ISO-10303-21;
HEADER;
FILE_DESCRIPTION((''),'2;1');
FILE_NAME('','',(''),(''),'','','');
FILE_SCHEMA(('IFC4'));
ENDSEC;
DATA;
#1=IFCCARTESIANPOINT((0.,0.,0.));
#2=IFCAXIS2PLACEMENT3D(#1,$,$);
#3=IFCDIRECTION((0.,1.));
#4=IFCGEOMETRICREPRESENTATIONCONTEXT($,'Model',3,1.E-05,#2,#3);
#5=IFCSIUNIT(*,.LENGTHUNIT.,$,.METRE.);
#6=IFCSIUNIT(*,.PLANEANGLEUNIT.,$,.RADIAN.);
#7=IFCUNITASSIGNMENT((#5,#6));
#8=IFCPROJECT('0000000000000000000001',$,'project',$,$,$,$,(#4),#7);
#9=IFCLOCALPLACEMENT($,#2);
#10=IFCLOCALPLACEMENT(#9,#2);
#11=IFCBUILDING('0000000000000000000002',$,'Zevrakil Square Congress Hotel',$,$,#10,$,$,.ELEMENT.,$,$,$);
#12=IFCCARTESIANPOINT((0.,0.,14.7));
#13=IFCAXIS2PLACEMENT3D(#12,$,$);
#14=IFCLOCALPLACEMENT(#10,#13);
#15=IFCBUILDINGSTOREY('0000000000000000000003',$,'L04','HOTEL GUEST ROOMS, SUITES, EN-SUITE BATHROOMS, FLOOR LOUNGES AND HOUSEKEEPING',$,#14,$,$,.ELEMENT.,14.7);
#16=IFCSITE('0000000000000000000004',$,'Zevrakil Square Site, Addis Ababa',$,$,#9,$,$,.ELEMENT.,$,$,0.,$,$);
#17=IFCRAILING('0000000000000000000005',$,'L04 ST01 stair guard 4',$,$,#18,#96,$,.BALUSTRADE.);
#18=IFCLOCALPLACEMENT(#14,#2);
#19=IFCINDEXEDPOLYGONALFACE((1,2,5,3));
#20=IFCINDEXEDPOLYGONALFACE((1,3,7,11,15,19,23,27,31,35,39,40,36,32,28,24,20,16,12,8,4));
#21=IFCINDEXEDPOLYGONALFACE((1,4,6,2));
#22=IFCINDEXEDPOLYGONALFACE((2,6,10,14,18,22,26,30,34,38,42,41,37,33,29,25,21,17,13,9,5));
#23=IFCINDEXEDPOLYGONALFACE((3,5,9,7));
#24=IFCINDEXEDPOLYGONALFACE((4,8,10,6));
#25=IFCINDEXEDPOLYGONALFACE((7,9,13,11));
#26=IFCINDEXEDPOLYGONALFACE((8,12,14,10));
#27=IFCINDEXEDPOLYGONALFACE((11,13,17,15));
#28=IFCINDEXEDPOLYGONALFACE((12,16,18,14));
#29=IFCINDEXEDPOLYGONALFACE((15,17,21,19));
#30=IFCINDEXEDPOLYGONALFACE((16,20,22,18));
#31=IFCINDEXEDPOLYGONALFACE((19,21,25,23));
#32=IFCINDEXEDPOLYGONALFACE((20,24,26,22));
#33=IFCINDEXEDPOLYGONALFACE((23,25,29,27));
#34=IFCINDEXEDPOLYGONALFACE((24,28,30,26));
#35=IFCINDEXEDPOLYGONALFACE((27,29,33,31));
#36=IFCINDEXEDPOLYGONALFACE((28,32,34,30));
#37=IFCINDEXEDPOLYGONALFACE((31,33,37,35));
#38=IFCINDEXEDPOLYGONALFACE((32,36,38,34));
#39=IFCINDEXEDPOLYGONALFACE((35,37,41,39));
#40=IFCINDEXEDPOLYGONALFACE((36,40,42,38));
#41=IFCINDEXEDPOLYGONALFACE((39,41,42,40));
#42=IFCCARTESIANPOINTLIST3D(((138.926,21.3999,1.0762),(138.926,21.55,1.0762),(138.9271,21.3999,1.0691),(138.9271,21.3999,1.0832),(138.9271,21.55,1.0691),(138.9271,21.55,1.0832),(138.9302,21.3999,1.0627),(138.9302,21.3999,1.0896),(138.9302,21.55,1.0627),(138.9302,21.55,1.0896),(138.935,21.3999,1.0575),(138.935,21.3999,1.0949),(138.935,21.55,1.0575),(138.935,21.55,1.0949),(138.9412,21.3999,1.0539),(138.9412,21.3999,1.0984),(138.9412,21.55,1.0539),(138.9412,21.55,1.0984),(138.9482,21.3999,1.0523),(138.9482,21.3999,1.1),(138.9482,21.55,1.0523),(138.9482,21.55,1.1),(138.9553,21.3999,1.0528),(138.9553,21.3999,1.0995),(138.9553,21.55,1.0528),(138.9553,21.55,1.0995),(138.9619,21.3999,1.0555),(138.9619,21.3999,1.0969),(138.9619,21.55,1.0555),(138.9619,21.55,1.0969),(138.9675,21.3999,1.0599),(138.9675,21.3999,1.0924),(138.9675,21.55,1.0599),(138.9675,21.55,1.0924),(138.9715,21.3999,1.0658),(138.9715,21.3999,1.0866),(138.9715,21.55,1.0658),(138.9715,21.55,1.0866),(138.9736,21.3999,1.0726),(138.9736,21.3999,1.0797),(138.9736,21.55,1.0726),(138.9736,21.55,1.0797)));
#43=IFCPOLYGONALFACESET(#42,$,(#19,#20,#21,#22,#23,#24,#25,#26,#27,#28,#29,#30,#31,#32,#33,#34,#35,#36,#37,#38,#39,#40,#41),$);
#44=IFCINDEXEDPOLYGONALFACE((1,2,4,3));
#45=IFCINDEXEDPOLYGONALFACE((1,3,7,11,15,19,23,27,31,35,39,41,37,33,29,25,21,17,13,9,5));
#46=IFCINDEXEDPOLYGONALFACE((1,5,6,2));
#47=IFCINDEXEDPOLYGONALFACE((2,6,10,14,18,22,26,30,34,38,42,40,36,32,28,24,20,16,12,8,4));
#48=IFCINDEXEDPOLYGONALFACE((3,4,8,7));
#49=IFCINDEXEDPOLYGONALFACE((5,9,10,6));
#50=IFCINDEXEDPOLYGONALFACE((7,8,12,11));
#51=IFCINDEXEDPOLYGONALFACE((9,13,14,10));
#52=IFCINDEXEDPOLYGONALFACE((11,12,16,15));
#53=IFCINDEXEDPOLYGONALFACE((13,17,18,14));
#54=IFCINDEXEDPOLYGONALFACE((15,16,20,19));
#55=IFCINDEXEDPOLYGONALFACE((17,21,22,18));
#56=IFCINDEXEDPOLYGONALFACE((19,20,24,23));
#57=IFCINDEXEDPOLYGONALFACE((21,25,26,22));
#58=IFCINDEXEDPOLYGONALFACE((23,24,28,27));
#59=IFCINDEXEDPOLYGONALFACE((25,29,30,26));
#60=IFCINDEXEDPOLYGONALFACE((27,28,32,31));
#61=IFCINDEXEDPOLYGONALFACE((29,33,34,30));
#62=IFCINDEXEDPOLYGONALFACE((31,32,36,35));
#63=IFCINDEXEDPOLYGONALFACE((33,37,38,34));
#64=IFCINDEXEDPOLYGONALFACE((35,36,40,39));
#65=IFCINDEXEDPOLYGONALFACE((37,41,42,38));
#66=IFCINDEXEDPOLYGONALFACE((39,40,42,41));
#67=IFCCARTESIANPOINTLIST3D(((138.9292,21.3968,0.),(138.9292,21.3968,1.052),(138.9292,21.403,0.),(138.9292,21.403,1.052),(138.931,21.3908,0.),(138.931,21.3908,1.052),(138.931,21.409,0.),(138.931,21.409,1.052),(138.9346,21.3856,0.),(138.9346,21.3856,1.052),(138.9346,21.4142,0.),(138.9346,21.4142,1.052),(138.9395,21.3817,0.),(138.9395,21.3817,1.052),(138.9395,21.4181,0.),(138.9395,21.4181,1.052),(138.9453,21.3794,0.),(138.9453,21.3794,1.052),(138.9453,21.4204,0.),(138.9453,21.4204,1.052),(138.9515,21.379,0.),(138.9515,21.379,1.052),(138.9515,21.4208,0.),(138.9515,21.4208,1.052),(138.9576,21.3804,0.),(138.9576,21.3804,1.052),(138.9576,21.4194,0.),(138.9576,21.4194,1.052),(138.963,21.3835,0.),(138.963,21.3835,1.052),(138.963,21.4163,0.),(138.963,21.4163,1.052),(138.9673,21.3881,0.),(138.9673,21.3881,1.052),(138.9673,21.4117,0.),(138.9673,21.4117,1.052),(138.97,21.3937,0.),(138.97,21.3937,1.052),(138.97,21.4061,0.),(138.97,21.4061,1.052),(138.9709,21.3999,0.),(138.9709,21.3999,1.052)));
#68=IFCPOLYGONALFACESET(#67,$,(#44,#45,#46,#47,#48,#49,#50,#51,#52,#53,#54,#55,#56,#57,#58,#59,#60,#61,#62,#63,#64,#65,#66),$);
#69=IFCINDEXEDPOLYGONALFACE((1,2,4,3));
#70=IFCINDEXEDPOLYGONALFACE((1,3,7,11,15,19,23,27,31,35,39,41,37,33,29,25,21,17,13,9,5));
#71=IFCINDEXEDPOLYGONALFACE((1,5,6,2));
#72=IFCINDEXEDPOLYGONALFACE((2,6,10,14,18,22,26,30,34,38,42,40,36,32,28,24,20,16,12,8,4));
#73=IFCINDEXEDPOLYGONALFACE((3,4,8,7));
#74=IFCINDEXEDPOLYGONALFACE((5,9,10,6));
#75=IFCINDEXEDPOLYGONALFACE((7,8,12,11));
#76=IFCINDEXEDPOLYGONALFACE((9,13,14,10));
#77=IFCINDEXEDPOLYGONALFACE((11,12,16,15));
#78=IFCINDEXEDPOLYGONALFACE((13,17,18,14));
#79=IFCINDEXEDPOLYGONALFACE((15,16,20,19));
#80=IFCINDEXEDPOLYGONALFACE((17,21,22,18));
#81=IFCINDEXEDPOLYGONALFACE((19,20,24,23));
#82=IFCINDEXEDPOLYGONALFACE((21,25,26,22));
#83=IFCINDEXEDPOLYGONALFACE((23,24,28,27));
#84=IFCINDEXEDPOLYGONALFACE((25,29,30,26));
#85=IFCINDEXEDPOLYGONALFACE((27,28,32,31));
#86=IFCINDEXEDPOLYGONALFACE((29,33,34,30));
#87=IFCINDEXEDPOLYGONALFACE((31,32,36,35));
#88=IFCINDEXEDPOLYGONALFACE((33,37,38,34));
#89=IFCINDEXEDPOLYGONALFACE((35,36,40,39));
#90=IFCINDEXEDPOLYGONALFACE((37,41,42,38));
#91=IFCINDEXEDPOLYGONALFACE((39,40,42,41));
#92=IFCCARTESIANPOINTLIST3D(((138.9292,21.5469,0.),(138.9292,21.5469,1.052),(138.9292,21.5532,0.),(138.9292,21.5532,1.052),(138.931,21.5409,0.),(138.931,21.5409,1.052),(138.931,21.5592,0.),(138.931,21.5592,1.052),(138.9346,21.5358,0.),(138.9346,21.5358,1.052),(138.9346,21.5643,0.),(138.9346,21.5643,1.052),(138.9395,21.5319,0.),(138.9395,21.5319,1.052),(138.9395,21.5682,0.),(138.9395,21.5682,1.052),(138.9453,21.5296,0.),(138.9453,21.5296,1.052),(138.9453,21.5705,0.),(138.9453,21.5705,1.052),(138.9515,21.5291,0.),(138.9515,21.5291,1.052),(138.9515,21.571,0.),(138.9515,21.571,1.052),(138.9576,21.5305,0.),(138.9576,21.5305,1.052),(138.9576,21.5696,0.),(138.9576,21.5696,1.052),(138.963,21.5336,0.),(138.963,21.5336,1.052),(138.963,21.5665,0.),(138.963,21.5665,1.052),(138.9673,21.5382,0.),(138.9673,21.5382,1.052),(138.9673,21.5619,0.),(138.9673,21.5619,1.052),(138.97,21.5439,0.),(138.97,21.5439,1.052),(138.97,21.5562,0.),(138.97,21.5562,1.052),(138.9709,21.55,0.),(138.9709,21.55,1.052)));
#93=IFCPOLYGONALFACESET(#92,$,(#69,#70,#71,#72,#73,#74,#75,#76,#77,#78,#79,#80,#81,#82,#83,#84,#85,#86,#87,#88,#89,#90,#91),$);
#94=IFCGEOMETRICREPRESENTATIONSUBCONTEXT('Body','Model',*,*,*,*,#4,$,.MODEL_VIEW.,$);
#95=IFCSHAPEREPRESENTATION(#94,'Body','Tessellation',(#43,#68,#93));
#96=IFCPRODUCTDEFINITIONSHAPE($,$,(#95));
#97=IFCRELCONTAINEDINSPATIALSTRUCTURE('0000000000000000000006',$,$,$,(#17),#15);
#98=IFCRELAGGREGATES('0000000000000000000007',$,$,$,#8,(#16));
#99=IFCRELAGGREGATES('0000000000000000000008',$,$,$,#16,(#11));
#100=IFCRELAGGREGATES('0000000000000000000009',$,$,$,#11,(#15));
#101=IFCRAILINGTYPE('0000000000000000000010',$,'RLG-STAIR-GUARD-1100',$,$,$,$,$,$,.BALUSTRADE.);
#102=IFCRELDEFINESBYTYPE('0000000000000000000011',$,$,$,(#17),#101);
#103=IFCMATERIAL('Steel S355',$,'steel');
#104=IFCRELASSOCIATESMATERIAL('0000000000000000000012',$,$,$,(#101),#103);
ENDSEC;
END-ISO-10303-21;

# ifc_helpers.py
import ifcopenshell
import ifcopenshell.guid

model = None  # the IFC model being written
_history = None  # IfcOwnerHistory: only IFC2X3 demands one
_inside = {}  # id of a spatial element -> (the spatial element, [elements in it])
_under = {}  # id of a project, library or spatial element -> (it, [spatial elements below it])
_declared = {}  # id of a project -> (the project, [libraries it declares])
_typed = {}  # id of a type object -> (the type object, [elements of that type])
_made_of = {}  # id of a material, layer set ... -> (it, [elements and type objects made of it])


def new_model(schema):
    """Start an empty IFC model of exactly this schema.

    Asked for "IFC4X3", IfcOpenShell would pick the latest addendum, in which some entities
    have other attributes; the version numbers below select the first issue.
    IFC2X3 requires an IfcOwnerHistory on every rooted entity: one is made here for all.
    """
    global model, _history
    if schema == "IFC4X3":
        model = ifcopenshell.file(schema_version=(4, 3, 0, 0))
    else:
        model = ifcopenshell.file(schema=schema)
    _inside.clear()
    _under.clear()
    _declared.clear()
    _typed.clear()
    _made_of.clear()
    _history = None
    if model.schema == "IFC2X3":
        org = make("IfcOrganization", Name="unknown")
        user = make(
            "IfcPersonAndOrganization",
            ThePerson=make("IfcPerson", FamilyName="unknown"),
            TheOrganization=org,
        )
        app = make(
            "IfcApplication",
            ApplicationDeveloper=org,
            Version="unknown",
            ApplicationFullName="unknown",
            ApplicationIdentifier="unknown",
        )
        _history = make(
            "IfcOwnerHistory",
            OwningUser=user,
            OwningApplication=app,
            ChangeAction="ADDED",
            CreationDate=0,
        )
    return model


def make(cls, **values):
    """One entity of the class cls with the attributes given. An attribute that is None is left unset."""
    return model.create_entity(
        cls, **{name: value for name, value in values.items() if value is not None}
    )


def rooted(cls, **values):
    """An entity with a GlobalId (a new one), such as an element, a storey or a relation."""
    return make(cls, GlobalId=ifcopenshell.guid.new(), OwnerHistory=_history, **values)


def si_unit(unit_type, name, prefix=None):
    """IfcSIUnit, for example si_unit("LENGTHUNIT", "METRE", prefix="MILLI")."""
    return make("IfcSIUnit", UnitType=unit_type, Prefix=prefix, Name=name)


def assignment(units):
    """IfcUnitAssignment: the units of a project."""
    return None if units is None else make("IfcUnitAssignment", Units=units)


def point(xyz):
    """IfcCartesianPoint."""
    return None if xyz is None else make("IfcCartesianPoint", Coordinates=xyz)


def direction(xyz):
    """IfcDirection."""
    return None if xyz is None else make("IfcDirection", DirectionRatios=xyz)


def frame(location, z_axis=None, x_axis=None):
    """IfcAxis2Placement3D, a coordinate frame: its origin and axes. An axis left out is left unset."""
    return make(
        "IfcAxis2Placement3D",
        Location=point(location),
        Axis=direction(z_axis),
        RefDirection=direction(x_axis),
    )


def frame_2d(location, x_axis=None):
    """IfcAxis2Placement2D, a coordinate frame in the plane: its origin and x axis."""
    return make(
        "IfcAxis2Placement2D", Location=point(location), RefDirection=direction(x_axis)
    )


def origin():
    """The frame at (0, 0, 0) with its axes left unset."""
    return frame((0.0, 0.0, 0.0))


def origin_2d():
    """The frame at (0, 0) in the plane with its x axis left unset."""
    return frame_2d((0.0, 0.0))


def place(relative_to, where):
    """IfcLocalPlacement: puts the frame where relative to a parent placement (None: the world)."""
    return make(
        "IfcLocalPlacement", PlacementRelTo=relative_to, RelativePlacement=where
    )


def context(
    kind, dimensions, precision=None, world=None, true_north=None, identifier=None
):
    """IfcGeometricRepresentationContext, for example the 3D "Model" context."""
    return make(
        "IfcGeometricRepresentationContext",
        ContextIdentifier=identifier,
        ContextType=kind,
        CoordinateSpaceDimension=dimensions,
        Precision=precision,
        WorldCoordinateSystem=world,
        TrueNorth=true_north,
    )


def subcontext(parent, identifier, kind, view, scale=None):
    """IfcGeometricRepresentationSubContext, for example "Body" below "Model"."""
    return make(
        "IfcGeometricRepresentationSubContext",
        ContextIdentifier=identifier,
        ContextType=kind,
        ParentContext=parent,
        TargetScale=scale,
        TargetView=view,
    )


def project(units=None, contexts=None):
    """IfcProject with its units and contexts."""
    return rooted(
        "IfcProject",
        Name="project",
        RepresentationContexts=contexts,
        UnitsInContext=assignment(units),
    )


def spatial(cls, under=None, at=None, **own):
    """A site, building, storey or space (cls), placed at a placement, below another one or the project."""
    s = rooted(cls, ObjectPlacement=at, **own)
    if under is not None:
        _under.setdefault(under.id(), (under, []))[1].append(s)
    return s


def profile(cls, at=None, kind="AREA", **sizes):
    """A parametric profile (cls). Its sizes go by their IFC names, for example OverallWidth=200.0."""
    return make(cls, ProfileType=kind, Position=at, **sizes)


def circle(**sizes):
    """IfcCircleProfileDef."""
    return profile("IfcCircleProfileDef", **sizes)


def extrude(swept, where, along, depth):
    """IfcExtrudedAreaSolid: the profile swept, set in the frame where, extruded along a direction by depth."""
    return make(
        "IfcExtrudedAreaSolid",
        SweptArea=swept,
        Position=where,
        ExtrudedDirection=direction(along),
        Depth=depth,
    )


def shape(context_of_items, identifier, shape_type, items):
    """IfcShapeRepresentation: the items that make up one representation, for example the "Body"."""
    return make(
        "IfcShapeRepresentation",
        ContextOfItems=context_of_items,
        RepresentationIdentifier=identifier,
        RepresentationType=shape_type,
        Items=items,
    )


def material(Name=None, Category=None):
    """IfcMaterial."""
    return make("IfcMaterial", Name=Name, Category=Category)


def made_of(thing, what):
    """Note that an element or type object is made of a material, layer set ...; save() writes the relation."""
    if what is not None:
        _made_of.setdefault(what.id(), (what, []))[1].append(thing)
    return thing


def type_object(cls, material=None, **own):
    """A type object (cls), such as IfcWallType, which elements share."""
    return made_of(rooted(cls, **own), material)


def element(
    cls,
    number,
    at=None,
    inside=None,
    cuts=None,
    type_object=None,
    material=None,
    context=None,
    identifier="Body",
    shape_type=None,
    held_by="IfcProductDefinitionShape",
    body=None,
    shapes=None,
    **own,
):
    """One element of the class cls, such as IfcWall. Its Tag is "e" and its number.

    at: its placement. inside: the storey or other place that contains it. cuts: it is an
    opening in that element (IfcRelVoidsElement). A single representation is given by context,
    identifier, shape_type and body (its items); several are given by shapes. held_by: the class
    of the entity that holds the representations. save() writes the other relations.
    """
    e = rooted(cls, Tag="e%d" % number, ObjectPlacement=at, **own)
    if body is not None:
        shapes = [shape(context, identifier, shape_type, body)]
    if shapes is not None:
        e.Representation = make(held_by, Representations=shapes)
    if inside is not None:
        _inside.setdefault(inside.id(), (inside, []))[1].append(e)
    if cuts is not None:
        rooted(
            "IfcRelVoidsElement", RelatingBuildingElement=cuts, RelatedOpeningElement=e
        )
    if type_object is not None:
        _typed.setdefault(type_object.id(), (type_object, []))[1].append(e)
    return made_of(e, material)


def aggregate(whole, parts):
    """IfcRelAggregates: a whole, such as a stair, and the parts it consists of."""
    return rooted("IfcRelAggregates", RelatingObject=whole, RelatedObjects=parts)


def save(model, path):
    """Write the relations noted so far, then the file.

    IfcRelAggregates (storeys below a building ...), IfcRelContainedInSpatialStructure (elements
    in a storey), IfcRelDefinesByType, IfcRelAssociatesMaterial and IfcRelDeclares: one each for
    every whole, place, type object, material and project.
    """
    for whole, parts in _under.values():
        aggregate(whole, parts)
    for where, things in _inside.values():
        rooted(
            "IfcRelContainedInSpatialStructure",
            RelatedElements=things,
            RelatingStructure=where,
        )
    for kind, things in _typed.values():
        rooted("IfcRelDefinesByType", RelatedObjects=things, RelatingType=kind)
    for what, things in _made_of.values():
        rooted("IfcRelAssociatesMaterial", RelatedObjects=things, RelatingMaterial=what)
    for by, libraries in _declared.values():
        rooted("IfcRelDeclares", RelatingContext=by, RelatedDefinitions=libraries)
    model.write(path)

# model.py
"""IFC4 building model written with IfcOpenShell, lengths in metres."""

from ifc_helpers import new_model, si_unit, direction, frame, origin, origin_2d, place, context, subcontext, project, spatial, circle, extrude, material, type_object, element, save


model = new_model("IFC4")

# Units and contexts
model_context = context("Model", 3, precision=1e-05, world=origin(), true_north=direction((0.0, 1.0)))
body_context = subcontext(model_context, "Body", "Model", "MODEL_VIEW")
ifc_project = project(units=[si_unit("LENGTHUNIT", "METRE"), si_unit("PLANEANGLEUNIT", "RADIAN")], contexts=[model_context])

# Site, building, storey
site_placement = place(None, origin())
site = spatial("IfcSite", under=ifc_project, at=site_placement, Name="Zevrakil Square Site, Addis Ababa", CompositionType="ELEMENT", RefElevation=0.0)
building_placement = place(site_placement, origin())
building = spatial("IfcBuilding", under=site, at=building_placement, Name="Zevrakil Square Congress Hotel", CompositionType="ELEMENT")
storey_placement = place(building_placement, frame((0.0, 0.0, 14.7)))
storey = spatial("IfcBuildingStorey", under=building, at=storey_placement, Name="L04", Description="HOTEL GUEST ROOMS, SUITES, EN-SUITE BATHROOMS, FLOOR LOUNGES AND HOUSEKEEPING", CompositionType="ELEMENT", Elevation=14.7)

# Railing
ifc_material_1 = material(Name="Steel S355", Category="steel")
railing_type_1 = type_object("IfcRailingType", Name="RLG-STAIR-GUARD-1100", PredefinedType="BALUSTRADE", material=ifc_material_1)
railing_1_placement = place(storey_placement, frame((138.95, 21.3999, 0.0)))
element("IfcRailing", 1, at=railing_1_placement, inside=storey, type_object=railing_type_1, Name="L04 ST01 stair guard 4", PredefinedType="BALUSTRADE", context=body_context, shape_type="SweptSolid", body=[
    extrude(circle(Radius=0.0239, at=origin_2d()), frame((0.0, 0.0, 1.0762), z_axis=(0.0, 1.0, 0.0), x_axis=(-1.0, 0.0, 0.0)), (0.0, 0.0, 1.0), 0.1501),
    extrude(circle(Radius=0.021, at=origin_2d()), origin(), (0.0, 0.0, 1.0), 1.052),
    extrude(circle(Radius=0.021, at=origin_2d()), frame((0.0, 0.1501, 0.0)), (0.0, 0.0, 1.0), 1.052),
])

save(model, "model.ifc")
